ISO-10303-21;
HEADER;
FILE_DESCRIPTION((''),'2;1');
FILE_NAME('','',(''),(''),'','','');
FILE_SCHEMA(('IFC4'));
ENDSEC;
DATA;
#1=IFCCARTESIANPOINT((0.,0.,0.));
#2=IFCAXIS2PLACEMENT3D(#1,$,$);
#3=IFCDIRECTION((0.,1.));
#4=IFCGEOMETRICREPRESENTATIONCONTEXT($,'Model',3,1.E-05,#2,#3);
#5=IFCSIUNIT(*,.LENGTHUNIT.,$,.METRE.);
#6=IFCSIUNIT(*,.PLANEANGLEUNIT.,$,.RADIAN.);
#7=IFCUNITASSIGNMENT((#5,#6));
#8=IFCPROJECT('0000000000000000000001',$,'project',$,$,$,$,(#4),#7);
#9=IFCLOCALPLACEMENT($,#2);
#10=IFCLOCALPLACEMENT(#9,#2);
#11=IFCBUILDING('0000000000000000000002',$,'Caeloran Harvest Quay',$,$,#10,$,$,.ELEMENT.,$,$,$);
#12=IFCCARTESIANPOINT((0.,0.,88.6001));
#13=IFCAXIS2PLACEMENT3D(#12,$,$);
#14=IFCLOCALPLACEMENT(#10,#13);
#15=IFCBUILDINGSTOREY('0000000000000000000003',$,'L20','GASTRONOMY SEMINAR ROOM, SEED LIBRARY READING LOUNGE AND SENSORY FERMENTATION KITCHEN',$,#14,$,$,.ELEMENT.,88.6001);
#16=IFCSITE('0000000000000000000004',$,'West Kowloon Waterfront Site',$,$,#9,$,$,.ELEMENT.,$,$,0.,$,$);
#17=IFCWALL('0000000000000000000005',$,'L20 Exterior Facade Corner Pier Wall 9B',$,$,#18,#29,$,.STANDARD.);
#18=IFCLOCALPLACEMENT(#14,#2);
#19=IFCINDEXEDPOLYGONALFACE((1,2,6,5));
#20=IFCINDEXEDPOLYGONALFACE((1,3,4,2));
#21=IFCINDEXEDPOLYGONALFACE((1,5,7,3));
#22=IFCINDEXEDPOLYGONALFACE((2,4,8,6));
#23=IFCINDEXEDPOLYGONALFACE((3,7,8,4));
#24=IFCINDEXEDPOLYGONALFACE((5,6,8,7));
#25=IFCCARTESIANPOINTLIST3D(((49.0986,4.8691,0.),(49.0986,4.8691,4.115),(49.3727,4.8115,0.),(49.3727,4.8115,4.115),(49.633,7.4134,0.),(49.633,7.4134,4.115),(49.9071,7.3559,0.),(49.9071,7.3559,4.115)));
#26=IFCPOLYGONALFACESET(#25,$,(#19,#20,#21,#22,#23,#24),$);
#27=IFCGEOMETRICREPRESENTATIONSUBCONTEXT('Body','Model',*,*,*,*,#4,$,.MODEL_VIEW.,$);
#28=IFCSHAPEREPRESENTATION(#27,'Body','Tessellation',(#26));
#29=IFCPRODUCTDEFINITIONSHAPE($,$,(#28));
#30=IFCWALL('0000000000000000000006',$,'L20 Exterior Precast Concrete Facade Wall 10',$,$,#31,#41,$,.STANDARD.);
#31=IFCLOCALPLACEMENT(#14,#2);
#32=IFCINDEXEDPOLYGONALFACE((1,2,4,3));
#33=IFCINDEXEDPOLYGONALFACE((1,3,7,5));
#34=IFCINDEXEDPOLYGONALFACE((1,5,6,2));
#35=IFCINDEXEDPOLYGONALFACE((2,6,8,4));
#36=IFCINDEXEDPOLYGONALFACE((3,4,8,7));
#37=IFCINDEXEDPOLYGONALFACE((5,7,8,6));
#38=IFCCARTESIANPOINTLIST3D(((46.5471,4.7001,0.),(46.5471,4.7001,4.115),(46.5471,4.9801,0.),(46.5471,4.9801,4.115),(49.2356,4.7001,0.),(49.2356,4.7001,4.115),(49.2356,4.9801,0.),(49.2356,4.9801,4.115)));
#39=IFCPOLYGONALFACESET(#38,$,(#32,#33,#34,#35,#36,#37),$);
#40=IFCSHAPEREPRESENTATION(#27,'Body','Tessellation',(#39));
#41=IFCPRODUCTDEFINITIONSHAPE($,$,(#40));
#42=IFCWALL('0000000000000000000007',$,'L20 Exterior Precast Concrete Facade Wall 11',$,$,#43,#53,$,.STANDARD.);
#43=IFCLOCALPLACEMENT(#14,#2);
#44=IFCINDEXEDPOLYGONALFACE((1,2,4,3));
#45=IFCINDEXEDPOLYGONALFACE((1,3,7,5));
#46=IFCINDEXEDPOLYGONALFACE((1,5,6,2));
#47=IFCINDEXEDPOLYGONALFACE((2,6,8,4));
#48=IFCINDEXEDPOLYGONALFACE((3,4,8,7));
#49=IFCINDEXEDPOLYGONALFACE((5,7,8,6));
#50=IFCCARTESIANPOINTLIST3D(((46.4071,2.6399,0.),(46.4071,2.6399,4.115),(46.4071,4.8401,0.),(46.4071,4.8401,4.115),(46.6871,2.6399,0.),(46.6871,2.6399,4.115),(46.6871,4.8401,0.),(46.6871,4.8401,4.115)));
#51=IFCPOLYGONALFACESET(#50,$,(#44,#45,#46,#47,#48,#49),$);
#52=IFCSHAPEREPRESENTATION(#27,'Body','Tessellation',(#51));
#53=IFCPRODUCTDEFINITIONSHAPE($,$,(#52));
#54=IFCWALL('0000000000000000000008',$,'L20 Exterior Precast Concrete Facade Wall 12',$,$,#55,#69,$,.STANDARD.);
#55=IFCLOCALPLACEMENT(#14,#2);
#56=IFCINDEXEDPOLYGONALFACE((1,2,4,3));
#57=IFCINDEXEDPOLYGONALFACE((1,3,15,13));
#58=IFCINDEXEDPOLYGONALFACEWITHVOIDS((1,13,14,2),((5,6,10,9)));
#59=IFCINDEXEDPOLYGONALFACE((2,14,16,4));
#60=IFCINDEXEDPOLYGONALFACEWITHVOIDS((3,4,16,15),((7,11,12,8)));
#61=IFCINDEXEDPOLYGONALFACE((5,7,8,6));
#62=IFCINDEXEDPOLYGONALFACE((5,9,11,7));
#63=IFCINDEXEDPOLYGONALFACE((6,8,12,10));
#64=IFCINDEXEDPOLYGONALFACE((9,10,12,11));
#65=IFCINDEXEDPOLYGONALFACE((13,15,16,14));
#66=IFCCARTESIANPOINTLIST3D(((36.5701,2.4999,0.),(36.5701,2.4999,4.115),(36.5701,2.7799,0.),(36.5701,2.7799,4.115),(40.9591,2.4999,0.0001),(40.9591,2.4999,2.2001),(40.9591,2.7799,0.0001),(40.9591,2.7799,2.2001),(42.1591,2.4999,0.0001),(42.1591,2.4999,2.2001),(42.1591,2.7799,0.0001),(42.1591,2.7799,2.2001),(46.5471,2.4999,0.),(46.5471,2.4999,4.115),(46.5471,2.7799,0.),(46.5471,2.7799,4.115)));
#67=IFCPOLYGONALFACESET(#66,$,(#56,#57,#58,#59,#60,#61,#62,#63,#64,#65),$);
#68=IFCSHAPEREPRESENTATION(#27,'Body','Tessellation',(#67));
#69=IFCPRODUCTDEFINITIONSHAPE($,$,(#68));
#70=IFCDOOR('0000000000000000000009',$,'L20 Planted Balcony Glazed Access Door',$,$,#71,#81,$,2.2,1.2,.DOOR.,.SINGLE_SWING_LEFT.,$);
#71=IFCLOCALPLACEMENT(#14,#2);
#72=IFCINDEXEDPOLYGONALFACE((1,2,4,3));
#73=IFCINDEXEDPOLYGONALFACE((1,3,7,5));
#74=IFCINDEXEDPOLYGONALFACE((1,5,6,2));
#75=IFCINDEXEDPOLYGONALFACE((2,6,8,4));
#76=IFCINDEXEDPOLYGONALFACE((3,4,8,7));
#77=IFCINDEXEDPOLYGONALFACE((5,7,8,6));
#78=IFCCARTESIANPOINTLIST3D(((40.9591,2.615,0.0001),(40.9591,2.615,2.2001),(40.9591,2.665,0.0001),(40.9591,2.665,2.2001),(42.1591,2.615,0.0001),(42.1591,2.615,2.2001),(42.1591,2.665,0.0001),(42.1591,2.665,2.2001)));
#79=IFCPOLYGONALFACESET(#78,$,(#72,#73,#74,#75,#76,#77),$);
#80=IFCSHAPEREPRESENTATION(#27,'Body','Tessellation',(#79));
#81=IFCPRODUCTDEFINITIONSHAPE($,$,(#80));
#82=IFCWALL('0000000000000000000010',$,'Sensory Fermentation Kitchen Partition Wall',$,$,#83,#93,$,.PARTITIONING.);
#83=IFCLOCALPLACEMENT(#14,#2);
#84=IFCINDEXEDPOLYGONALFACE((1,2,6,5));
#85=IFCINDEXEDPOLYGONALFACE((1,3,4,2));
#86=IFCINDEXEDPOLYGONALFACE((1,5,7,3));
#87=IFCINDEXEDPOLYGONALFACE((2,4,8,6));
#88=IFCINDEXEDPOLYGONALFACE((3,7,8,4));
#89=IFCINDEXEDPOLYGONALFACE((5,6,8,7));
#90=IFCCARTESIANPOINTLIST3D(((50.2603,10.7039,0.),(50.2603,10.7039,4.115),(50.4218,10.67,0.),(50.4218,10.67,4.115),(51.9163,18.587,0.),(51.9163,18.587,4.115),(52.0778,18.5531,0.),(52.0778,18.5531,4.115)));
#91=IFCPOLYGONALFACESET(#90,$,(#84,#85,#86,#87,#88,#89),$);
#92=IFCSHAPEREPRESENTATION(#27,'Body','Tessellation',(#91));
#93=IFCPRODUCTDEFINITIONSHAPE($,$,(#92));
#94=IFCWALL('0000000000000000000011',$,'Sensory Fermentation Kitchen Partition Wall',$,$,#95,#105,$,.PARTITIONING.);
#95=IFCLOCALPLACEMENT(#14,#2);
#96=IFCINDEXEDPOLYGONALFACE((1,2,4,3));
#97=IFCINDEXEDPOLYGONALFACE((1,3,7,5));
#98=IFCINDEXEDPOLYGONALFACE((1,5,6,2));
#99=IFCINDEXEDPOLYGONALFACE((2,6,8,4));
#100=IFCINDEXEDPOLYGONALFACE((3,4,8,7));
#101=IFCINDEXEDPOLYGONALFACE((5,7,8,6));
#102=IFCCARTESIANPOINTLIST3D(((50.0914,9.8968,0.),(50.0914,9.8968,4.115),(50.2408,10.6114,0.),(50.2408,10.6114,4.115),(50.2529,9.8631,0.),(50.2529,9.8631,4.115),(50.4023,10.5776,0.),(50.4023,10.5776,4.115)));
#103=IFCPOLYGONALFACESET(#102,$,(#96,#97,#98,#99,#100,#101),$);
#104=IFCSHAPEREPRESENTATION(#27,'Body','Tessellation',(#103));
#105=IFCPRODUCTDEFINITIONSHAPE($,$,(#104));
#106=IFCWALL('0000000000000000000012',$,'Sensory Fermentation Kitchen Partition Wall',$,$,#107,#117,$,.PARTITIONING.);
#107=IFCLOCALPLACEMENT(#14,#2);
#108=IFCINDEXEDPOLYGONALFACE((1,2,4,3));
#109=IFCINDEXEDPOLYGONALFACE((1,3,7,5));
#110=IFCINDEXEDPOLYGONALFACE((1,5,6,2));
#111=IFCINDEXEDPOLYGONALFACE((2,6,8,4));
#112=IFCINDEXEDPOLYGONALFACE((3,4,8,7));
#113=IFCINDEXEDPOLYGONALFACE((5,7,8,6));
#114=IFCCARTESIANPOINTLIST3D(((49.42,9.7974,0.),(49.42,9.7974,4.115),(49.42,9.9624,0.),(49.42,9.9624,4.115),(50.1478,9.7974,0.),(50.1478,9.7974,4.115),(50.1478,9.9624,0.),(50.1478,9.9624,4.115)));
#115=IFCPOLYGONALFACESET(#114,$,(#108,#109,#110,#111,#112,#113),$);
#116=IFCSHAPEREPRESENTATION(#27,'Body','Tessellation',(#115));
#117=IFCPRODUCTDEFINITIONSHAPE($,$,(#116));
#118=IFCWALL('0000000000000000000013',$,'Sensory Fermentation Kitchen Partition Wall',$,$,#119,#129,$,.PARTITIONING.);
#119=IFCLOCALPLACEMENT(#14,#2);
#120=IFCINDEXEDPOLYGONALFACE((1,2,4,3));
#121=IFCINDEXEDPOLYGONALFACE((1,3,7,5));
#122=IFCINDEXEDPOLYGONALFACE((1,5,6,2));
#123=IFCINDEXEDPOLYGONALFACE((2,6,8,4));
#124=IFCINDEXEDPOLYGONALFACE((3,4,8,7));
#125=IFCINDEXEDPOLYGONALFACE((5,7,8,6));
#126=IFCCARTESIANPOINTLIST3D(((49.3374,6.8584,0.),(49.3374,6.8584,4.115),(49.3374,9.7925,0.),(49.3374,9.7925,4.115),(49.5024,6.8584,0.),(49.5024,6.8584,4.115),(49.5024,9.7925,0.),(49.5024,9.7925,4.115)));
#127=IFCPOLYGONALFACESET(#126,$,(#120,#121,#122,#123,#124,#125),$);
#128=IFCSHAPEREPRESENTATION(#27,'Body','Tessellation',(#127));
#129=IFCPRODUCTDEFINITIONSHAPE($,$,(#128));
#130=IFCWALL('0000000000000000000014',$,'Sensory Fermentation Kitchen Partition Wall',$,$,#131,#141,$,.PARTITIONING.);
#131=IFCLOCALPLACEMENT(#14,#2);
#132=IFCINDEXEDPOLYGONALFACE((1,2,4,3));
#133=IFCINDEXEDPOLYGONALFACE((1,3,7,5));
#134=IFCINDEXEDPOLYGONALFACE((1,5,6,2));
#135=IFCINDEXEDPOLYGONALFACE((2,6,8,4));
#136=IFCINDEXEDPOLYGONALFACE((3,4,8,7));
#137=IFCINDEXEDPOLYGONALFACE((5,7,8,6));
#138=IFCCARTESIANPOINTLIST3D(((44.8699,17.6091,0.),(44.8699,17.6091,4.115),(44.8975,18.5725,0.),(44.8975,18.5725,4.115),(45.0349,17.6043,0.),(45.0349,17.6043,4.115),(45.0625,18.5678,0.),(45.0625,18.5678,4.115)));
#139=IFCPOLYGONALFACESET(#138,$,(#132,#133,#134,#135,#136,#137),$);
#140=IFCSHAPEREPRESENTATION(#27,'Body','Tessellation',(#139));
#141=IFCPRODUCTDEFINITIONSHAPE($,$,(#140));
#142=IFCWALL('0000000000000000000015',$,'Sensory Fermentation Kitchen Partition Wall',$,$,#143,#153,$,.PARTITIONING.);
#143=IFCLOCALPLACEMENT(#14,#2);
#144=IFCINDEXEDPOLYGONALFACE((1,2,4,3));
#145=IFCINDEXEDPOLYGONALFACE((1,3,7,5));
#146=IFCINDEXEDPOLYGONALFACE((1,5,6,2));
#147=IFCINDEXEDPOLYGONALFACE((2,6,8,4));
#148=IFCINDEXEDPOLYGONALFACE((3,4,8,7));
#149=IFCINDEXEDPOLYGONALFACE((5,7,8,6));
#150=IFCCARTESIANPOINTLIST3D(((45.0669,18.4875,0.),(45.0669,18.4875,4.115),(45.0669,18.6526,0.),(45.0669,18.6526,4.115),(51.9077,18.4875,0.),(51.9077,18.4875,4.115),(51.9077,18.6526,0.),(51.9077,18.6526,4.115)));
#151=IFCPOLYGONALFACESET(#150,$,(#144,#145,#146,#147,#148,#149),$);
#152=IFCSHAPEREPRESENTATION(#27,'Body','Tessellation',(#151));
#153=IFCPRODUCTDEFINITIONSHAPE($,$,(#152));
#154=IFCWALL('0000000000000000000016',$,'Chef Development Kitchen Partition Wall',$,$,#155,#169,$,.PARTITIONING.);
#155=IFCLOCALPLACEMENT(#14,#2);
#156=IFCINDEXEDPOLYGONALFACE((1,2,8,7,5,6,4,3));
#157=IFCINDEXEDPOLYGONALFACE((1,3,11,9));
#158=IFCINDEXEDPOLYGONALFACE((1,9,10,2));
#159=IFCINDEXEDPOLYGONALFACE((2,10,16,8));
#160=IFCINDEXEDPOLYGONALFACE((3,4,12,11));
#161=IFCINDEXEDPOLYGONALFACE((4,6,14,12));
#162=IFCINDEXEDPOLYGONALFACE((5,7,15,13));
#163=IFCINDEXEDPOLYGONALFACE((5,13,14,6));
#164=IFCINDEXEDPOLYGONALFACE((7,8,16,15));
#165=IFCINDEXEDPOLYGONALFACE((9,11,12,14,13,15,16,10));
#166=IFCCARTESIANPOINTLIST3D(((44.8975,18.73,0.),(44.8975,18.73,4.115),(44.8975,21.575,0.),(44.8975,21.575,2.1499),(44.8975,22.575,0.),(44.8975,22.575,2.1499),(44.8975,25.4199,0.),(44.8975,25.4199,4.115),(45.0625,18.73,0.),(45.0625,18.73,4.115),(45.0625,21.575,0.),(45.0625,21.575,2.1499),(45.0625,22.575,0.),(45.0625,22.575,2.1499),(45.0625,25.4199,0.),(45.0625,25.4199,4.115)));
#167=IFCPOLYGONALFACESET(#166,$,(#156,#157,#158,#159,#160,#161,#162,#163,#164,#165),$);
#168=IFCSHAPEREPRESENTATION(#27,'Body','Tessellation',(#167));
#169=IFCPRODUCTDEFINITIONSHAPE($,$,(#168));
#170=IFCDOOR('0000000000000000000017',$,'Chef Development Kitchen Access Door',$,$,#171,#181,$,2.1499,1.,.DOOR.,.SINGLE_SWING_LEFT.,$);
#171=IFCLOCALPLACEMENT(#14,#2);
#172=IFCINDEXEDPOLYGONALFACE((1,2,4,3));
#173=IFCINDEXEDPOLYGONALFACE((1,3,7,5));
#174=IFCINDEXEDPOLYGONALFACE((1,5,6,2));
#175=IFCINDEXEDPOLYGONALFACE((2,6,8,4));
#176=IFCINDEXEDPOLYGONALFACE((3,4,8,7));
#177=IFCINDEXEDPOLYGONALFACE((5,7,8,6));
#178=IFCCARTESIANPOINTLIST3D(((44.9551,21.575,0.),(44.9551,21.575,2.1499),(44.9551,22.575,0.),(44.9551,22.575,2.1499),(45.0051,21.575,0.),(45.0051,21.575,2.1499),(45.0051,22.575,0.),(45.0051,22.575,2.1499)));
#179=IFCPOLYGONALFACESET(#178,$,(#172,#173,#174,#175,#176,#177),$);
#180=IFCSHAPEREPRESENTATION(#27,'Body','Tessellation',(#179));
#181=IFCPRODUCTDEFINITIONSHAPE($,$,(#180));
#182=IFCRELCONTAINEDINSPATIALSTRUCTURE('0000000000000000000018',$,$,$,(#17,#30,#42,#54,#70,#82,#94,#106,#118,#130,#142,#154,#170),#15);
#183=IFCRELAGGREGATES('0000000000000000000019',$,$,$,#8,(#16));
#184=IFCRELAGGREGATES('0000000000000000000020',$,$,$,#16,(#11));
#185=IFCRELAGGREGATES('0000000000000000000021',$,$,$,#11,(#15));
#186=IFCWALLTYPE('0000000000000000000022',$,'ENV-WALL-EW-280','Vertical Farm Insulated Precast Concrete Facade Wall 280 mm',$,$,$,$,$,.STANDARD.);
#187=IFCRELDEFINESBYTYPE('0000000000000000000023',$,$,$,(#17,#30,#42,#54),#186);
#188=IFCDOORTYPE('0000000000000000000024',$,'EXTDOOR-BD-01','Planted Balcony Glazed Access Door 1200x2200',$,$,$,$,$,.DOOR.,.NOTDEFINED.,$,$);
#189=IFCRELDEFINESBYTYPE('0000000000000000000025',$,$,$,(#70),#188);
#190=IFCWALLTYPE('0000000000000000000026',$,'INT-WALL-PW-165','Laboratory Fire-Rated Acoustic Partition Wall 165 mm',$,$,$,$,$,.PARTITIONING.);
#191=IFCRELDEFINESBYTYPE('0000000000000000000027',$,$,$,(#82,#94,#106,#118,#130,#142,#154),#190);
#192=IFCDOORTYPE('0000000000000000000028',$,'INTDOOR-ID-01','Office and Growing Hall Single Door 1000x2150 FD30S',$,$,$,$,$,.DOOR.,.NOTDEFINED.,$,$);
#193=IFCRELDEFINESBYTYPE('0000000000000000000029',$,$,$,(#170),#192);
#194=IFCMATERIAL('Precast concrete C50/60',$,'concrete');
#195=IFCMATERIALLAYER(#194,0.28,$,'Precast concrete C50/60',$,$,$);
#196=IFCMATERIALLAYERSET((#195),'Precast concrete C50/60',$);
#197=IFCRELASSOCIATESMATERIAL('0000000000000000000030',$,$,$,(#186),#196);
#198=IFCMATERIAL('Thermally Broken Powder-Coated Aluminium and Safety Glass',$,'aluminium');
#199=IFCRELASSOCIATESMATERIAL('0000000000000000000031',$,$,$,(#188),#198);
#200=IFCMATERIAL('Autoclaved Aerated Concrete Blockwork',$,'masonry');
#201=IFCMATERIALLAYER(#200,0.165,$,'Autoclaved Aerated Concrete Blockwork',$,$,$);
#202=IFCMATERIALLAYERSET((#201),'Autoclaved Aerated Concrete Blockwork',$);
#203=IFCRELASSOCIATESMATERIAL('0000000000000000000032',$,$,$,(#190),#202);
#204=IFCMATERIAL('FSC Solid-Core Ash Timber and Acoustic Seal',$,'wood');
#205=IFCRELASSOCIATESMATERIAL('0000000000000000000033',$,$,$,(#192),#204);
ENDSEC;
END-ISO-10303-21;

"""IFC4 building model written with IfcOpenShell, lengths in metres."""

from ifc_helpers import new_model, si_unit, direction, frame, frame_2d, origin, place, context, subcontext, project, spatial, rectangle, extrude, material, layer, layer_set, type_object, element, fill, save


model = new_model("IFC4")

# Units and contexts
model_context = context("Model", 3, precision=1e-05, world=origin(), true_north=direction((0.0, 1.0)))
body_context = subcontext(model_context, "Body", "Model", "MODEL_VIEW")
ifc_project = project(units=[si_unit("LENGTHUNIT", "METRE"), si_unit("PLANEANGLEUNIT", "RADIAN")], contexts=[model_context])

# Site, building, storey
site_placement = place(None, origin())
site = spatial("IfcSite", under=ifc_project, at=site_placement, Name="West Kowloon Waterfront Site", CompositionType="ELEMENT", RefElevation=0.0)
building_placement = place(site_placement, origin())
building = spatial("IfcBuilding", under=site, at=building_placement, Name="Caeloran Harvest Quay", CompositionType="ELEMENT")
storey_placement = place(building_placement, frame((0.0, 0.0, 88.6001)))
storey = spatial("IfcBuildingStorey", under=building, at=storey_placement, Name="L20", Description="GASTRONOMY SEMINAR ROOM, SEED LIBRARY READING LOUNGE AND SENSORY FERMENTATION KITCHEN", CompositionType="ELEMENT", Elevation=88.6001)

# Shared definitions
ifc_material_1 = material(Name="Precast concrete C50/60", Category="concrete")

# Walls
ifc_layer_1 = layer(ifc_material_1, 0.28, Name="Precast concrete C50/60")
ifc_layer_set_1 = layer_set([ifc_layer_1], Name="Precast concrete C50/60")
wall_type_1 = type_object("IfcWallType", Name="ENV-WALL-EW-280", Description="Vertical Farm Insulated Precast Concrete Facade Wall 280 mm", PredefinedType="STANDARD", material=ifc_layer_set_1)
wall_1_placement = place(storey_placement, frame((49.77, 7.3845, 0.0), z_axis=(0.0, 0.0, 1.0), x_axis=(-0.205551, -0.978646, 0.0)))
element("IfcWall", 1, at=wall_1_placement, inside=storey, type_object=wall_type_1, Name="L20 Exterior Facade Corner Pier Wall 9B", PredefinedType="STANDARD", context=body_context, shape_type="SweptSolid", body=[
    extrude(rectangle(XDim=2.5999, YDim=0.28, at=frame_2d((1.2998, 0.0))), origin(), (0.0, 0.0, 1.0), 4.115),
])
wall_2_placement = place(storey_placement, frame((49.2356, 4.8401, 0.0), z_axis=(0.0, 0.0, 1.0), x_axis=(-1.0, 0.0, 0.0)))
element("IfcWall", 2, at=wall_2_placement, inside=storey, type_object=wall_type_1, Name="L20 Exterior Precast Concrete Facade Wall 10", PredefinedType="STANDARD", context=body_context, shape_type="SweptSolid", body=[
    extrude(rectangle(XDim=2.6885, YDim=0.28, at=frame_2d((1.3442, 0.0))), origin(), (0.0, 0.0, 1.0), 4.115),
])
wall_3_placement = place(storey_placement, frame((46.5471, 4.8401, 0.0), z_axis=(0.0, 0.0, 1.0), x_axis=(0.0, -1.0, 0.0)))
element("IfcWall", 3, at=wall_3_placement, inside=storey, type_object=wall_type_1, Name="L20 Exterior Precast Concrete Facade Wall 11", PredefinedType="STANDARD", context=body_context, shape_type="SweptSolid", body=[
    extrude(rectangle(XDim=2.2002, YDim=0.28, at=frame_2d((1.1001, 0.0))), origin(), (0.0, 0.0, 1.0), 4.115),
])

# Wall, opening, door
wall_4_placement = place(storey_placement, frame((46.5471, 2.6399, 0.0), z_axis=(0.0, 0.0, 1.0), x_axis=(-1.0, 0.0, 0.0)))
wall_4 = element("IfcWall", 4, at=wall_4_placement, inside=storey, type_object=wall_type_1, Name="L20 Exterior Precast Concrete Facade Wall 12", PredefinedType="STANDARD", context=body_context, shape_type="SweptSolid", body=[
    extrude(rectangle(XDim=9.9771, YDim=0.28, at=frame_2d((4.9885, 0.0))), origin(), (0.0, 0.0, 1.0), 4.115),
])
opening_1_placement = place(wall_4_placement, frame((4.3879, 0.0, 0.0)))
opening_1 = element("IfcOpeningElement", 5, at=opening_1_placement, cuts=wall_4, PredefinedType="OPENING", context=body_context, shape_type="SweptSolid", body=[
    extrude(rectangle(XDim=1.2, YDim=2.2, at=frame_2d((0.6001, 1.1001))), frame((0.0, 0.1499, 0.0), z_axis=(0.0, -1.0, 0.0), x_axis=(1.0, 0.0, 0.0)), (0.0, 0.0, 1.0), 0.3),
])
ifc_material_2 = material(Name="Thermally Broken Powder-Coated Aluminium and Safety Glass", Category="aluminium")
door_type_1 = type_object("IfcDoorType", Name="EXTDOOR-BD-01", Description="Planted Balcony Glazed Access Door 1200x2200", OperationType="NOTDEFINED", PredefinedType="DOOR", material=ifc_material_2)
door_1_placement = place(opening_1_placement, origin())
door_1 = element("IfcDoor", 6, at=door_1_placement, inside=storey, type_object=door_type_1, Name="L20 Planted Balcony Glazed Access Door", OperationType="SINGLE_SWING_LEFT", OverallHeight=2.2, OverallWidth=1.2, PredefinedType="DOOR", context=body_context, shape_type="SweptSolid", body=[
    extrude(rectangle(XDim=1.2, YDim=2.2, at=frame_2d((0.6001, 1.1001))), frame((0.0, 0.0249, 0.0), z_axis=(0.0, -1.0, 0.0), x_axis=(1.0, 0.0, 0.0)), (0.0, 0.0, 1.0), 0.05),
])
fill(opening_1, door_1)

# Walls
ifc_material_3 = material(Name="Autoclaved Aerated Concrete Blockwork", Category="masonry")
ifc_layer_2 = layer(ifc_material_3, 0.165, Name="Autoclaved Aerated Concrete Blockwork")
ifc_layer_set_2 = layer_set([ifc_layer_2], Name="Autoclaved Aerated Concrete Blockwork")
wall_type_2 = type_object("IfcWallType", Name="INT-WALL-PW-165", Description="Laboratory Fire-Rated Acoustic Partition Wall 165 mm", PredefinedType="PARTITIONING", material=ifc_layer_set_2)
wall_5_placement = place(storey_placement, frame((51.9971, 18.5701, 0.0), z_axis=(0.0, 0.0, 1.0), x_axis=(-0.205584, -0.978639, 0.0)))
element("IfcWall", 7, at=wall_5_placement, inside=storey, type_object=wall_type_2, Name="Sensory Fermentation Kitchen Partition Wall", PredefinedType="PARTITIONING", context=body_context, shape_type="SweptSolid", body=[
    extrude(rectangle(XDim=8.0552, YDim=0.165, at=frame_2d((4.0276, 0.0))), origin(), (0.0, 0.0, 1.0), 4.115),
])
wall_6_placement = place(storey_placement, frame((50.3215, 10.5945, 0.0), z_axis=(0.0, 0.0, 1.0), x_axis=(-0.204662, -0.978833, 0.0)))
element("IfcWall", 8, at=wall_6_placement, inside=storey, type_object=wall_type_2, Name="Sensory Fermentation Kitchen Partition Wall", PredefinedType="PARTITIONING", context=body_context, shape_type="SweptSolid", body=[
    extrude(rectangle(XDim=0.73, YDim=0.165, at=frame_2d((0.365, 0.0))), origin(), (0.0, 0.0, 1.0), 4.115),
])
wall_7_placement = place(storey_placement, frame((50.1477, 9.8799, 0.0), z_axis=(0.0, 0.0, 1.0), x_axis=(-1.0, 0.0, 0.0)))
element("IfcWall", 9, at=wall_7_placement, inside=storey, type_object=wall_type_2, Name="Sensory Fermentation Kitchen Partition Wall", PredefinedType="PARTITIONING", context=body_context, shape_type="SweptSolid", body=[
    extrude(rectangle(XDim=0.7278, YDim=0.165, at=frame_2d((0.3638, 0.0))), origin(), (0.0, 0.0, 1.0), 4.115),
])
wall_8_placement = place(storey_placement, frame((49.4199, 9.7925, 0.0), z_axis=(0.0, 0.0, 1.0), x_axis=(0.0, -1.0, 0.0)))
element("IfcWall", 10, at=wall_8_placement, inside=storey, type_object=wall_type_2, Name="Sensory Fermentation Kitchen Partition Wall", PredefinedType="PARTITIONING", context=body_context, shape_type="SweptSolid", body=[
    extrude(rectangle(XDim=2.9341, YDim=0.165, at=frame_2d((1.467, 0.0))), origin(), (0.0, 0.0, 1.0), 4.115),
])
wall_9_placement = place(storey_placement, frame((44.9524, 17.6067, 0.0), z_axis=(0.0, 0.0, 1.0), x_axis=(0.028625, 0.99959, 0.0)))
element("IfcWall", 11, at=wall_9_placement, inside=storey, type_object=wall_type_2, Name="Sensory Fermentation Kitchen Partition Wall", PredefinedType="PARTITIONING", context=body_context, shape_type="SweptSolid", body=[
    extrude(rectangle(XDim=0.9639, YDim=0.165, at=frame_2d((0.4819, 0.0))), origin(), (0.0, 0.0, 1.0), 4.115),
])
wall_10_placement = place(storey_placement, frame((45.0669, 18.5701, 0.0), z_axis=(0.0, 0.0, 1.0), x_axis=(1.0, 0.0, 0.0)))
element("IfcWall", 12, at=wall_10_placement, inside=storey, type_object=wall_type_2, Name="Sensory Fermentation Kitchen Partition Wall", PredefinedType="PARTITIONING", context=body_context, shape_type="SweptSolid", body=[
    extrude(rectangle(XDim=6.8408, YDim=0.165, at=frame_2d((3.4204, 0.0))), origin(), (0.0, 0.0, 1.0), 4.115),
])

# Wall, opening, door
wall_11_placement = place(storey_placement, frame((44.98, 18.73, 0.0), z_axis=(0.0, 0.0, 1.0), x_axis=(0.0, 1.0, 0.0)))
wall_11 = element("IfcWall", 13, at=wall_11_placement, inside=storey, type_object=wall_type_2, Name="Chef Development Kitchen Partition Wall", PredefinedType="PARTITIONING", context=body_context, shape_type="SweptSolid", body=[
    extrude(rectangle(XDim=6.6899, YDim=0.165, at=frame_2d((3.345, 0.0))), origin(), (0.0, 0.0, 1.0), 4.115),
])
opening_2_placement = place(wall_11_placement, frame((2.845, 0.0, 0.0)))
opening_2 = element("IfcOpeningElement", 14, at=opening_2_placement, cuts=wall_11, PredefinedType="OPENING", context=body_context, shape_type="SweptSolid", body=[
    extrude(rectangle(XDim=1.0, YDim=2.1499, at=frame_2d((0.5, 1.075))), frame((0.0, 0.0925, 0.0), z_axis=(0.0, -1.0, 0.0), x_axis=(1.0, 0.0, 0.0)), (0.0, 0.0, 1.0), 0.1851),
])
ifc_material_4 = material(Name="FSC Solid-Core Ash Timber and Acoustic Seal", Category="wood")
door_type_2 = type_object("IfcDoorType", Name="INTDOOR-ID-01", Description="Office and Growing Hall Single Door 1000x2150 FD30S", OperationType="NOTDEFINED", PredefinedType="DOOR", material=ifc_material_4)
door_2_placement = place(opening_2_placement, origin())
door_2 = element("IfcDoor", 15, at=door_2_placement, inside=storey, type_object=door_type_2, Name="Chef Development Kitchen Access Door", OperationType="SINGLE_SWING_LEFT", OverallHeight=2.1499, OverallWidth=1.0, PredefinedType="DOOR", context=body_context, shape_type="SweptSolid", body=[
    extrude(rectangle(XDim=1.0, YDim=2.1499, at=frame_2d((0.5, 1.075))), frame((0.0, 0.0249, 0.0), z_axis=(0.0, -1.0, 0.0), x_axis=(1.0, 0.0, 0.0)), (0.0, 0.0, 1.0), 0.05),
])
fill(opening_2, door_2)

save(model, "model.ifc")
